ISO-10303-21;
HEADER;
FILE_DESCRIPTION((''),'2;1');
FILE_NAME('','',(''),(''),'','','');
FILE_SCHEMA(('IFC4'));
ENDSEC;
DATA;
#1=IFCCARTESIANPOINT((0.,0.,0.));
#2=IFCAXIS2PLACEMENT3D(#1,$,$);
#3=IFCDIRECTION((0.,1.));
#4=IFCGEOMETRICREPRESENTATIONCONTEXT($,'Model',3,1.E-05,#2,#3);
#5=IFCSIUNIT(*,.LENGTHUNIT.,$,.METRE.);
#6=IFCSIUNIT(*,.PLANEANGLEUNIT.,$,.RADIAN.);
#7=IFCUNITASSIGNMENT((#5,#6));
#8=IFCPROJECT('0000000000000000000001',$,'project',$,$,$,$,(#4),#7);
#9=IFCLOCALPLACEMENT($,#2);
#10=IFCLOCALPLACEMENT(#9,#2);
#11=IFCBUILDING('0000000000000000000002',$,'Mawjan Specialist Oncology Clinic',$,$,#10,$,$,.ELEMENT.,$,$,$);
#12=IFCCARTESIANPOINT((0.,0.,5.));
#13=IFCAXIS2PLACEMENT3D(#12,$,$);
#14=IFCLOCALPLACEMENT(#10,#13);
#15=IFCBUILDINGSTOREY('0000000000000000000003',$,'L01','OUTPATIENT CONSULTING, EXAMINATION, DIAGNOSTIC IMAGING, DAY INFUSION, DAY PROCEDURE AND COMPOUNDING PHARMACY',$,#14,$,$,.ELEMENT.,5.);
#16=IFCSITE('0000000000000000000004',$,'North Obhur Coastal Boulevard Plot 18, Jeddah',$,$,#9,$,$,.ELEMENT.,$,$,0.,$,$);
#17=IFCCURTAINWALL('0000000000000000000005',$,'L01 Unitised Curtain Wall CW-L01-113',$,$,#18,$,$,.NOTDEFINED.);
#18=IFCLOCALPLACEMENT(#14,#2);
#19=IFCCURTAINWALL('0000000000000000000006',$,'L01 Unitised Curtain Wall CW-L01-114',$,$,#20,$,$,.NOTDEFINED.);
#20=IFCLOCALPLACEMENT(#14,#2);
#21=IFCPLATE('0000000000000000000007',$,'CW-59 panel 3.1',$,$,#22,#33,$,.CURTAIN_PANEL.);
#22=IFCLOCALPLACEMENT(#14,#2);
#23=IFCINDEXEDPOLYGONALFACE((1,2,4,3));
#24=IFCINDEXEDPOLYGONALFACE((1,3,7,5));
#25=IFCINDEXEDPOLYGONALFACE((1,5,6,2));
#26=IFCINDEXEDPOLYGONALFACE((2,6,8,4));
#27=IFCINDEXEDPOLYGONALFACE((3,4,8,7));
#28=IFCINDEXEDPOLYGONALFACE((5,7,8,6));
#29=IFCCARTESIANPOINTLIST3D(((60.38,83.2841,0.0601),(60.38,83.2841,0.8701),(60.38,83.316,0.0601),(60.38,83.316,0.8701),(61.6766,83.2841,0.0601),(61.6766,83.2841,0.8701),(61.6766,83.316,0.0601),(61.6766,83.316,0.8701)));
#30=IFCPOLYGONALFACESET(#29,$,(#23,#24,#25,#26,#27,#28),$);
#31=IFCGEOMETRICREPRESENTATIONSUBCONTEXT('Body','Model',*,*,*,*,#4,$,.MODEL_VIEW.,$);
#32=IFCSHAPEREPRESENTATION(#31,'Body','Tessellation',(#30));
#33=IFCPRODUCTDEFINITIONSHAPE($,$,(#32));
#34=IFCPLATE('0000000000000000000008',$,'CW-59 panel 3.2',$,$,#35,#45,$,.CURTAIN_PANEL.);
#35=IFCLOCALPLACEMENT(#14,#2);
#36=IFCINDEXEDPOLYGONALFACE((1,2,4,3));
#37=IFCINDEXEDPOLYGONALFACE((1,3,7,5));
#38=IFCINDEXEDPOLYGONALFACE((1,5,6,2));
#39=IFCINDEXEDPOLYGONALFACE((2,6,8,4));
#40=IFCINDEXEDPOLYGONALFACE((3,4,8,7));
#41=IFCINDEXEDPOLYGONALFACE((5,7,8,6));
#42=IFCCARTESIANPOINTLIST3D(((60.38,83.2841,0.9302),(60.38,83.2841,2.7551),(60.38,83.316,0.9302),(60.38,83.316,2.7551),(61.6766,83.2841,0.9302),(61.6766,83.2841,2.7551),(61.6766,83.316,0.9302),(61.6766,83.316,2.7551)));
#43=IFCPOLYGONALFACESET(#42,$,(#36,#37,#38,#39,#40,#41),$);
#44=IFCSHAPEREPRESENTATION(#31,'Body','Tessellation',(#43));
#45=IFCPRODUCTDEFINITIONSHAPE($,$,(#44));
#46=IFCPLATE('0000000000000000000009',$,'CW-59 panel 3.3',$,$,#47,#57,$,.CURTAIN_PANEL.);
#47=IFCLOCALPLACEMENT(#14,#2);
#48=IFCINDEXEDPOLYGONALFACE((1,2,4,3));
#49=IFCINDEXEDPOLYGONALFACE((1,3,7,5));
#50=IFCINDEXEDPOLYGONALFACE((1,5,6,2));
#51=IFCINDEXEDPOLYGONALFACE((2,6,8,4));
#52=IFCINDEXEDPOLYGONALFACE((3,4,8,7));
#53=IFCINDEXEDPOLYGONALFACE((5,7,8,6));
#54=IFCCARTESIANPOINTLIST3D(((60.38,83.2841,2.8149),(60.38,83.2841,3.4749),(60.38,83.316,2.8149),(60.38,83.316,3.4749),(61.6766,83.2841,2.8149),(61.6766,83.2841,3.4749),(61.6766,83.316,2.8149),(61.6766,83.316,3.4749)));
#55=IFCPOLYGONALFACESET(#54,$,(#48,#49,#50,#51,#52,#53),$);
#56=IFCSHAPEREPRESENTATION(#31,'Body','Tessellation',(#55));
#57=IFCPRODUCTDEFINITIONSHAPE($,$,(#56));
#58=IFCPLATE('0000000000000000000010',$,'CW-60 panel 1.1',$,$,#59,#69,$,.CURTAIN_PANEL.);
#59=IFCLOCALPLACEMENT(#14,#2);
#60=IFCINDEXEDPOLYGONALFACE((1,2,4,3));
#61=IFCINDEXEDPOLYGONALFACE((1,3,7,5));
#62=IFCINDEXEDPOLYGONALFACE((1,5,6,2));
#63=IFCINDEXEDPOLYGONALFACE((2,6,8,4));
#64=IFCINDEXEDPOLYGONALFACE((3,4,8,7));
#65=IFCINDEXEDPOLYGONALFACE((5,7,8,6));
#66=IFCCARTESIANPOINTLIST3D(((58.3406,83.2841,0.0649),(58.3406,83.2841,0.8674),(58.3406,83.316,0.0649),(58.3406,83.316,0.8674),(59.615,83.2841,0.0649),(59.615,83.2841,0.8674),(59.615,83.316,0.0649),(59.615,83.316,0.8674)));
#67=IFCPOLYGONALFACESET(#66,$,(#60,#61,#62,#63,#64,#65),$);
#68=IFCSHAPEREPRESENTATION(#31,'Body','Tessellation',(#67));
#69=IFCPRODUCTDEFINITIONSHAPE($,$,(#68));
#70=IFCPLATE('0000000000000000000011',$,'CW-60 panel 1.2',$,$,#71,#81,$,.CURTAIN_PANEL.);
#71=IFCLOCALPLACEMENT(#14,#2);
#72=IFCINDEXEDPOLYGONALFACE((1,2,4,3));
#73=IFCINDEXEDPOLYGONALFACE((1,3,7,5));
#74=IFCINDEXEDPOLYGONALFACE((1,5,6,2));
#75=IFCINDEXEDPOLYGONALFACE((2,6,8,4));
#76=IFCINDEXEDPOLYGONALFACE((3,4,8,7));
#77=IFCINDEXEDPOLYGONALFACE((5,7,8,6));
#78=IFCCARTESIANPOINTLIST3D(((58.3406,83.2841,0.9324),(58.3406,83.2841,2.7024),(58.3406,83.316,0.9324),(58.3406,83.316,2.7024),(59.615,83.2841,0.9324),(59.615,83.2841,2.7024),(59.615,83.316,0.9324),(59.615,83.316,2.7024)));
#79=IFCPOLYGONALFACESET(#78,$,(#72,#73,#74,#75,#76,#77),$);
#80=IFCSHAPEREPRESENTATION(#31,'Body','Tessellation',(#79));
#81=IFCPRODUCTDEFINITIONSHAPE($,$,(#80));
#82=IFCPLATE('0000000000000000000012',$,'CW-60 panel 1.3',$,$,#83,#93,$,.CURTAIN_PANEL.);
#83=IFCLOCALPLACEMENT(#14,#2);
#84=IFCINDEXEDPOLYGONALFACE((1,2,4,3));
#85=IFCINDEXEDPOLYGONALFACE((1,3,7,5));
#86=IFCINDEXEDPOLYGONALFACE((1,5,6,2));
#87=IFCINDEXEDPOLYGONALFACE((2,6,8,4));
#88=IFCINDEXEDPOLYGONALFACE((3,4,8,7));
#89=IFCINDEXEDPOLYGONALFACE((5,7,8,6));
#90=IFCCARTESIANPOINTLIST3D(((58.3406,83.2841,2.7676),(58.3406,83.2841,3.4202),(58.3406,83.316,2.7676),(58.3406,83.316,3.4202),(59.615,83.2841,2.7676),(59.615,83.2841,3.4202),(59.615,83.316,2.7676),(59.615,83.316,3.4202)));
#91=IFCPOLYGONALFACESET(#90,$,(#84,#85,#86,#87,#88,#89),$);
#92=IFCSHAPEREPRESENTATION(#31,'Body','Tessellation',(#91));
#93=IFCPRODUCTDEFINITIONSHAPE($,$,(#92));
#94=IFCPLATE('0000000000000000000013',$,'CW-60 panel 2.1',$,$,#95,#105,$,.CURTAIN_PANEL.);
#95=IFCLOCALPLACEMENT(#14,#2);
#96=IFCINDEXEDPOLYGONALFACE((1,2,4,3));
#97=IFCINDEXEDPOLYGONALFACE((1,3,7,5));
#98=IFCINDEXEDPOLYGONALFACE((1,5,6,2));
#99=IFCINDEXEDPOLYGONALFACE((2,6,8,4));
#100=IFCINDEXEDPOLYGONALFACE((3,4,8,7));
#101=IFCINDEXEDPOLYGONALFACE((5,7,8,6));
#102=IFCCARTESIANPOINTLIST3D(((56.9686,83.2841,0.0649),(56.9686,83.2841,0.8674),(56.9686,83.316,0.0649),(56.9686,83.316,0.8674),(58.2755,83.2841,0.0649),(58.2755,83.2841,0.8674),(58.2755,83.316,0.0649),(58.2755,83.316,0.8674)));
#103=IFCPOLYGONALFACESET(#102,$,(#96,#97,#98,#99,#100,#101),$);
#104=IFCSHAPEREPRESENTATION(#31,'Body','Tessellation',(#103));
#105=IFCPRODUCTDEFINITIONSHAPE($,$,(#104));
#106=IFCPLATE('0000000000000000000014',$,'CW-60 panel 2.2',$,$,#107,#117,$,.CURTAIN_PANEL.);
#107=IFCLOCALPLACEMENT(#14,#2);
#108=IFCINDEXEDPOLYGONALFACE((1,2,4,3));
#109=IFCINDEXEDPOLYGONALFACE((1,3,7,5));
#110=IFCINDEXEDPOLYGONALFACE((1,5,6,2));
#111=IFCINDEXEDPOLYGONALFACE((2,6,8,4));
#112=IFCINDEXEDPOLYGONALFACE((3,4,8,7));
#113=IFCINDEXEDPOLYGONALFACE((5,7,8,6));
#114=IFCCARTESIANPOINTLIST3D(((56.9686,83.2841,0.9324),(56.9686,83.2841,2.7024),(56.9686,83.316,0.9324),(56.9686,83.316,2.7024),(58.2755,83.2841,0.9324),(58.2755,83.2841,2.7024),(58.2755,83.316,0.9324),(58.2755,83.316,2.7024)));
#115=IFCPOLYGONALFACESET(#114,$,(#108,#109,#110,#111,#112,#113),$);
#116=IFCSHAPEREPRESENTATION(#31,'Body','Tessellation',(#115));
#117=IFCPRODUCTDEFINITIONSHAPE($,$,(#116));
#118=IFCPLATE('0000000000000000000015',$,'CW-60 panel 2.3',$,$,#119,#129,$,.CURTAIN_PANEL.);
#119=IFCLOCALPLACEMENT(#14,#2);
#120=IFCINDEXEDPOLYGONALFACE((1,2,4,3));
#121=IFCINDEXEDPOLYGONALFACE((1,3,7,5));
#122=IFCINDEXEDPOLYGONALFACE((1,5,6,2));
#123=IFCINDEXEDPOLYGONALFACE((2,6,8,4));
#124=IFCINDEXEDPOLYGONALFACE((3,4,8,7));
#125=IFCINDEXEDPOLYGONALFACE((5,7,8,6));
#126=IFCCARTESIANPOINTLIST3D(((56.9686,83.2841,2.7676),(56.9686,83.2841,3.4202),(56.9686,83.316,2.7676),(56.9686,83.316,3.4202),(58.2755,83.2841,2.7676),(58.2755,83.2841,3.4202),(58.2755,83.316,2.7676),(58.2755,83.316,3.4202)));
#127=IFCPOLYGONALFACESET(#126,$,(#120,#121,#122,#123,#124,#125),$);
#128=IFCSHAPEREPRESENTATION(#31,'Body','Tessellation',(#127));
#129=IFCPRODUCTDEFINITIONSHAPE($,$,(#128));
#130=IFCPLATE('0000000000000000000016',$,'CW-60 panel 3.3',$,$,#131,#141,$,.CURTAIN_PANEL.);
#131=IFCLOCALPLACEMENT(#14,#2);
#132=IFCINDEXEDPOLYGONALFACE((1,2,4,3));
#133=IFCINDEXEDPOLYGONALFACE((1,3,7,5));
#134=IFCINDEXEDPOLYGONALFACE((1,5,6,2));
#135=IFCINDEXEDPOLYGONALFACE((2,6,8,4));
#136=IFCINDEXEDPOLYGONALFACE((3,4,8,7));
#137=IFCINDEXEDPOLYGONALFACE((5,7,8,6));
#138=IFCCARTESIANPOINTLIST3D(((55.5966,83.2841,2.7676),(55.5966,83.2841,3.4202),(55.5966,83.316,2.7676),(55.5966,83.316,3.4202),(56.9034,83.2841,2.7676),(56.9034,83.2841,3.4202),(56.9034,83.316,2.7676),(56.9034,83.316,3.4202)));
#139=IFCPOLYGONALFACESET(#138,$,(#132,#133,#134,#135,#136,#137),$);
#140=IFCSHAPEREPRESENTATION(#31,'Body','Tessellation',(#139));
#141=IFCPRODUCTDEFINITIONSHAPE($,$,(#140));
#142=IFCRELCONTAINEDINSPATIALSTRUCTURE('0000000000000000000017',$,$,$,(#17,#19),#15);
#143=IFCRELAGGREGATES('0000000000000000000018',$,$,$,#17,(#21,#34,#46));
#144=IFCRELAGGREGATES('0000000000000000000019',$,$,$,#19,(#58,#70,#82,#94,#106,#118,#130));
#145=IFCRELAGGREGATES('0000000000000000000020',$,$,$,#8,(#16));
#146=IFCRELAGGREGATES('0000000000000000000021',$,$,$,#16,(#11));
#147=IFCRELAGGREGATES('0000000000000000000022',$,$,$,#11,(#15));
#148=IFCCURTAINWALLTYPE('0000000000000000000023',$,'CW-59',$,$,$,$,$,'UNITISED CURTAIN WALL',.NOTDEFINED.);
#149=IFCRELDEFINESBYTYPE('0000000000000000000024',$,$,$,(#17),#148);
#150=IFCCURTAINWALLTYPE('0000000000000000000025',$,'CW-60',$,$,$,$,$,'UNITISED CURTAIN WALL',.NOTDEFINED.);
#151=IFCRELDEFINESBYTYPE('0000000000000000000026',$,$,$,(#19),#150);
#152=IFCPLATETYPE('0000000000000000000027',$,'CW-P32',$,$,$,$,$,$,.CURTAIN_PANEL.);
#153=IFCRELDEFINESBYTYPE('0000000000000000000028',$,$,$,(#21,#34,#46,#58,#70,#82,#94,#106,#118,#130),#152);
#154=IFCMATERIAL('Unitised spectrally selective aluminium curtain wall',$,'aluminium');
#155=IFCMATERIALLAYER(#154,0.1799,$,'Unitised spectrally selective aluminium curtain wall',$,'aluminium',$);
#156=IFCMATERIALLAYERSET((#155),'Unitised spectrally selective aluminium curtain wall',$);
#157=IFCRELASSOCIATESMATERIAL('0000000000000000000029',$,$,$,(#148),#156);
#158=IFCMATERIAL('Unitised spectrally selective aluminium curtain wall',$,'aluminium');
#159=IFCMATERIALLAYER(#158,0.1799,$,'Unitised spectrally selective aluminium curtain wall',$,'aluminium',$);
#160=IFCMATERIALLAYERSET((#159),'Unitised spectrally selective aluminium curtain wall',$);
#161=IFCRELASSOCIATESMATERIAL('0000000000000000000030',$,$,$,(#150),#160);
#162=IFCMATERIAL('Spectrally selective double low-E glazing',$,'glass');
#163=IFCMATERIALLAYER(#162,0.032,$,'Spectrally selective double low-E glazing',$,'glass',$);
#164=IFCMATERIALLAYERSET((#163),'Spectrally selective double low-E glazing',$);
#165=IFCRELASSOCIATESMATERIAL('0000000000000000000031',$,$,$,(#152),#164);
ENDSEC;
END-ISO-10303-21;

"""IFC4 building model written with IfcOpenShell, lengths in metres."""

from ifc_helpers import new_model, si_unit, direction, frame, origin, origin_2d, place, context, subcontext, project, spatial, rectangle, extrude, material, layer, layer_set, type_object, element, aggregate, save


model = new_model("IFC4")

# Units and contexts
model_context = context("Model", 3, precision=1e-05, world=origin(), true_north=direction((0.0, 1.0)))
body_context = subcontext(model_context, "Body", "Model", "MODEL_VIEW")
ifc_project = project(units=[si_unit("LENGTHUNIT", "METRE"), si_unit("PLANEANGLEUNIT", "RADIAN")], contexts=[model_context])

# Site, building, storey
site_placement = place(None, origin())
site = spatial("IfcSite", under=ifc_project, at=site_placement, Name="North Obhur Coastal Boulevard Plot 18, Jeddah", CompositionType="ELEMENT", RefElevation=0.0)
building_placement = place(site_placement, origin())
building = spatial("IfcBuilding", under=site, at=building_placement, Name="Mawjan Specialist Oncology Clinic", CompositionType="ELEMENT")
storey_placement = place(building_placement, frame((0.0, 0.0, 5.0)))
storey = spatial("IfcBuildingStorey", under=building, at=storey_placement, Name="L01", Description="OUTPATIENT CONSULTING, EXAMINATION, DIAGNOSTIC IMAGING, DAY INFUSION, DAY PROCEDURE AND COMPOUNDING PHARMACY", CompositionType="ELEMENT", Elevation=5.0)

# Curtain wall
ifc_material_1 = material(Name="Unitised spectrally selective aluminium curtain wall", Category="aluminium")
ifc_layer_1 = layer(ifc_material_1, 0.1799, Name="Unitised spectrally selective aluminium curtain wall", Category="aluminium")
ifc_layer_set_1 = layer_set([ifc_layer_1], Name="Unitised spectrally selective aluminium curtain wall")
curtain_wall_type_1 = type_object("IfcCurtainWallType", Name="CW-59", ElementType="UNITISED CURTAIN WALL", PredefinedType="NOTDEFINED", material=ifc_layer_set_1)
curtain_wall_1_placement = place(storey_placement, origin())
curtain_wall_1 = element("IfcCurtainWall", 1, at=curtain_wall_1_placement, inside=storey, type_object=curtain_wall_type_1, Name="L01 Unitised Curtain Wall CW-L01-113", PredefinedType="NOTDEFINED")

# Curtain wall
ifc_material_2 = material(Name="Unitised spectrally selective aluminium curtain wall", Category="aluminium")
ifc_layer_2 = layer(ifc_material_2, 0.1799, Name="Unitised spectrally selective aluminium curtain wall", Category="aluminium")
ifc_layer_set_2 = layer_set([ifc_layer_2], Name="Unitised spectrally selective aluminium curtain wall")
curtain_wall_type_2 = type_object("IfcCurtainWallType", Name="CW-60", ElementType="UNITISED CURTAIN WALL", PredefinedType="NOTDEFINED", material=ifc_layer_set_2)
curtain_wall_2_placement = place(storey_placement, origin())
curtain_wall_2 = element("IfcCurtainWall", 2, at=curtain_wall_2_placement, inside=storey, type_object=curtain_wall_type_2, Name="L01 Unitised Curtain Wall CW-L01-114", PredefinedType="NOTDEFINED")

# Plates
ifc_material_3 = material(Name="Spectrally selective double low-E glazing", Category="glass")
ifc_layer_3 = layer(ifc_material_3, 0.032, Name="Spectrally selective double low-E glazing", Category="glass")
ifc_layer_set_3 = layer_set([ifc_layer_3], Name="Spectrally selective double low-E glazing")
plate_type = type_object("IfcPlateType", Name="CW-P32", PredefinedType="CURTAIN_PANEL", material=ifc_layer_set_3)
plate_1_placement = place(storey_placement, frame((61.0283, 83.3, 0.0601), z_axis=(0.0, 0.0, 1.0), x_axis=(-1.0, 0.0, 0.0)))
plate_1 = element("IfcPlate", 3, at=plate_1_placement, type_object=plate_type, Name="CW-59 panel 3.1", PredefinedType="CURTAIN_PANEL", context=body_context, shape_type="SweptSolid", body=[
    extrude(rectangle(XDim=1.2966, YDim=0.032, at=origin_2d()), origin(), (0.0, 0.0, 1.0), 0.8101),
])
plate_2_placement = place(storey_placement, frame((61.0283, 83.3, 0.9302), z_axis=(0.0, 0.0, 1.0), x_axis=(-1.0, 0.0, 0.0)))
plate_2 = element("IfcPlate", 4, at=plate_2_placement, type_object=plate_type, Name="CW-59 panel 3.2", PredefinedType="CURTAIN_PANEL", context=body_context, shape_type="SweptSolid", body=[
    extrude(rectangle(XDim=1.2966, YDim=0.032, at=origin_2d()), origin(), (0.0, 0.0, 1.0), 1.825),
])
plate_3_placement = place(storey_placement, frame((61.0283, 83.3, 2.8149), z_axis=(0.0, 0.0, 1.0), x_axis=(-1.0, 0.0, 0.0)))
plate_3 = element("IfcPlate", 5, at=plate_3_placement, type_object=plate_type, Name="CW-59 panel 3.3", PredefinedType="CURTAIN_PANEL", context=body_context, shape_type="SweptSolid", body=[
    extrude(rectangle(XDim=1.2966, YDim=0.032, at=origin_2d()), origin(), (0.0, 0.0, 1.0), 0.6599),
])
aggregate(curtain_wall_1, [plate_1, plate_2, plate_3])
plate_4_placement = place(storey_placement, frame((58.9778, 83.3, 0.0649), z_axis=(0.0, 0.0, 1.0), x_axis=(-1.0, 0.0, 0.0)))
plate_4 = element("IfcPlate", 6, at=plate_4_placement, type_object=plate_type, Name="CW-60 panel 1.1", PredefinedType="CURTAIN_PANEL", context=body_context, shape_type="SweptSolid", body=[
    extrude(rectangle(XDim=1.2744, YDim=0.032, at=origin_2d()), origin(), (0.0, 0.0, 1.0), 0.8025),
])
plate_5_placement = place(storey_placement, frame((58.9778, 83.3, 0.9324), z_axis=(0.0, 0.0, 1.0), x_axis=(-1.0, 0.0, 0.0)))
plate_5 = element("IfcPlate", 7, at=plate_5_placement, type_object=plate_type, Name="CW-60 panel 1.2", PredefinedType="CURTAIN_PANEL", context=body_context, shape_type="SweptSolid", body=[
    extrude(rectangle(XDim=1.2744, YDim=0.032, at=origin_2d()), origin(), (0.0, 0.0, 1.0), 1.77),
])
plate_6_placement = place(storey_placement, frame((58.9778, 83.3, 2.7676), z_axis=(0.0, 0.0, 1.0), x_axis=(-1.0, 0.0, 0.0)))
plate_6 = element("IfcPlate", 8, at=plate_6_placement, type_object=plate_type, Name="CW-60 panel 1.3", PredefinedType="CURTAIN_PANEL", context=body_context, shape_type="SweptSolid", body=[
    extrude(rectangle(XDim=1.2744, YDim=0.032, at=origin_2d()), origin(), (0.0, 0.0, 1.0), 0.6526),
])
plate_7_placement = place(storey_placement, frame((57.6221, 83.3, 0.0649), z_axis=(0.0, 0.0, 1.0), x_axis=(-1.0, 0.0, 0.0)))
plate_7 = element("IfcPlate", 9, at=plate_7_placement, type_object=plate_type, Name="CW-60 panel 2.1", PredefinedType="CURTAIN_PANEL", context=body_context, shape_type="SweptSolid", body=[
    extrude(rectangle(XDim=1.3069, YDim=0.032, at=origin_2d()), origin(), (0.0, 0.0, 1.0), 0.8025),
])
plate_8_placement = place(storey_placement, frame((57.6221, 83.3, 0.9324), z_axis=(0.0, 0.0, 1.0), x_axis=(-1.0, 0.0, 0.0)))
plate_8 = element("IfcPlate", 10, at=plate_8_placement, type_object=plate_type, Name="CW-60 panel 2.2", PredefinedType="CURTAIN_PANEL", context=body_context, shape_type="SweptSolid", body=[
    extrude(rectangle(XDim=1.3069, YDim=0.032, at=origin_2d()), origin(), (0.0, 0.0, 1.0), 1.77),
])
plate_9_placement = place(storey_placement, frame((57.6221, 83.3, 2.7676), z_axis=(0.0, 0.0, 1.0), x_axis=(-1.0, 0.0, 0.0)))
plate_9 = element("IfcPlate", 11, at=plate_9_placement, type_object=plate_type, Name="CW-60 panel 2.3", PredefinedType="CURTAIN_PANEL", context=body_context, shape_type="SweptSolid", body=[
    extrude(rectangle(XDim=1.3069, YDim=0.032, at=origin_2d()), origin(), (0.0, 0.0, 1.0), 0.6526),
])
plate_10_placement = place(storey_placement, frame((56.25, 83.3, 2.7676), z_axis=(0.0, 0.0, 1.0), x_axis=(-1.0, 0.0, 0.0)))
plate_10 = element("IfcPlate", 12, at=plate_10_placement, type_object=plate_type, Name="CW-60 panel 3.3", PredefinedType="CURTAIN_PANEL", context=body_context, shape_type="SweptSolid", body=[
    extrude(rectangle(XDim=1.3069, YDim=0.032, at=origin_2d()), origin(), (0.0, 0.0, 1.0), 0.6526),
])
aggregate(curtain_wall_2, [plate_4, plate_5, plate_6, plate_7, plate_8, plate_9, plate_10])

save(model, "model.ifc")
